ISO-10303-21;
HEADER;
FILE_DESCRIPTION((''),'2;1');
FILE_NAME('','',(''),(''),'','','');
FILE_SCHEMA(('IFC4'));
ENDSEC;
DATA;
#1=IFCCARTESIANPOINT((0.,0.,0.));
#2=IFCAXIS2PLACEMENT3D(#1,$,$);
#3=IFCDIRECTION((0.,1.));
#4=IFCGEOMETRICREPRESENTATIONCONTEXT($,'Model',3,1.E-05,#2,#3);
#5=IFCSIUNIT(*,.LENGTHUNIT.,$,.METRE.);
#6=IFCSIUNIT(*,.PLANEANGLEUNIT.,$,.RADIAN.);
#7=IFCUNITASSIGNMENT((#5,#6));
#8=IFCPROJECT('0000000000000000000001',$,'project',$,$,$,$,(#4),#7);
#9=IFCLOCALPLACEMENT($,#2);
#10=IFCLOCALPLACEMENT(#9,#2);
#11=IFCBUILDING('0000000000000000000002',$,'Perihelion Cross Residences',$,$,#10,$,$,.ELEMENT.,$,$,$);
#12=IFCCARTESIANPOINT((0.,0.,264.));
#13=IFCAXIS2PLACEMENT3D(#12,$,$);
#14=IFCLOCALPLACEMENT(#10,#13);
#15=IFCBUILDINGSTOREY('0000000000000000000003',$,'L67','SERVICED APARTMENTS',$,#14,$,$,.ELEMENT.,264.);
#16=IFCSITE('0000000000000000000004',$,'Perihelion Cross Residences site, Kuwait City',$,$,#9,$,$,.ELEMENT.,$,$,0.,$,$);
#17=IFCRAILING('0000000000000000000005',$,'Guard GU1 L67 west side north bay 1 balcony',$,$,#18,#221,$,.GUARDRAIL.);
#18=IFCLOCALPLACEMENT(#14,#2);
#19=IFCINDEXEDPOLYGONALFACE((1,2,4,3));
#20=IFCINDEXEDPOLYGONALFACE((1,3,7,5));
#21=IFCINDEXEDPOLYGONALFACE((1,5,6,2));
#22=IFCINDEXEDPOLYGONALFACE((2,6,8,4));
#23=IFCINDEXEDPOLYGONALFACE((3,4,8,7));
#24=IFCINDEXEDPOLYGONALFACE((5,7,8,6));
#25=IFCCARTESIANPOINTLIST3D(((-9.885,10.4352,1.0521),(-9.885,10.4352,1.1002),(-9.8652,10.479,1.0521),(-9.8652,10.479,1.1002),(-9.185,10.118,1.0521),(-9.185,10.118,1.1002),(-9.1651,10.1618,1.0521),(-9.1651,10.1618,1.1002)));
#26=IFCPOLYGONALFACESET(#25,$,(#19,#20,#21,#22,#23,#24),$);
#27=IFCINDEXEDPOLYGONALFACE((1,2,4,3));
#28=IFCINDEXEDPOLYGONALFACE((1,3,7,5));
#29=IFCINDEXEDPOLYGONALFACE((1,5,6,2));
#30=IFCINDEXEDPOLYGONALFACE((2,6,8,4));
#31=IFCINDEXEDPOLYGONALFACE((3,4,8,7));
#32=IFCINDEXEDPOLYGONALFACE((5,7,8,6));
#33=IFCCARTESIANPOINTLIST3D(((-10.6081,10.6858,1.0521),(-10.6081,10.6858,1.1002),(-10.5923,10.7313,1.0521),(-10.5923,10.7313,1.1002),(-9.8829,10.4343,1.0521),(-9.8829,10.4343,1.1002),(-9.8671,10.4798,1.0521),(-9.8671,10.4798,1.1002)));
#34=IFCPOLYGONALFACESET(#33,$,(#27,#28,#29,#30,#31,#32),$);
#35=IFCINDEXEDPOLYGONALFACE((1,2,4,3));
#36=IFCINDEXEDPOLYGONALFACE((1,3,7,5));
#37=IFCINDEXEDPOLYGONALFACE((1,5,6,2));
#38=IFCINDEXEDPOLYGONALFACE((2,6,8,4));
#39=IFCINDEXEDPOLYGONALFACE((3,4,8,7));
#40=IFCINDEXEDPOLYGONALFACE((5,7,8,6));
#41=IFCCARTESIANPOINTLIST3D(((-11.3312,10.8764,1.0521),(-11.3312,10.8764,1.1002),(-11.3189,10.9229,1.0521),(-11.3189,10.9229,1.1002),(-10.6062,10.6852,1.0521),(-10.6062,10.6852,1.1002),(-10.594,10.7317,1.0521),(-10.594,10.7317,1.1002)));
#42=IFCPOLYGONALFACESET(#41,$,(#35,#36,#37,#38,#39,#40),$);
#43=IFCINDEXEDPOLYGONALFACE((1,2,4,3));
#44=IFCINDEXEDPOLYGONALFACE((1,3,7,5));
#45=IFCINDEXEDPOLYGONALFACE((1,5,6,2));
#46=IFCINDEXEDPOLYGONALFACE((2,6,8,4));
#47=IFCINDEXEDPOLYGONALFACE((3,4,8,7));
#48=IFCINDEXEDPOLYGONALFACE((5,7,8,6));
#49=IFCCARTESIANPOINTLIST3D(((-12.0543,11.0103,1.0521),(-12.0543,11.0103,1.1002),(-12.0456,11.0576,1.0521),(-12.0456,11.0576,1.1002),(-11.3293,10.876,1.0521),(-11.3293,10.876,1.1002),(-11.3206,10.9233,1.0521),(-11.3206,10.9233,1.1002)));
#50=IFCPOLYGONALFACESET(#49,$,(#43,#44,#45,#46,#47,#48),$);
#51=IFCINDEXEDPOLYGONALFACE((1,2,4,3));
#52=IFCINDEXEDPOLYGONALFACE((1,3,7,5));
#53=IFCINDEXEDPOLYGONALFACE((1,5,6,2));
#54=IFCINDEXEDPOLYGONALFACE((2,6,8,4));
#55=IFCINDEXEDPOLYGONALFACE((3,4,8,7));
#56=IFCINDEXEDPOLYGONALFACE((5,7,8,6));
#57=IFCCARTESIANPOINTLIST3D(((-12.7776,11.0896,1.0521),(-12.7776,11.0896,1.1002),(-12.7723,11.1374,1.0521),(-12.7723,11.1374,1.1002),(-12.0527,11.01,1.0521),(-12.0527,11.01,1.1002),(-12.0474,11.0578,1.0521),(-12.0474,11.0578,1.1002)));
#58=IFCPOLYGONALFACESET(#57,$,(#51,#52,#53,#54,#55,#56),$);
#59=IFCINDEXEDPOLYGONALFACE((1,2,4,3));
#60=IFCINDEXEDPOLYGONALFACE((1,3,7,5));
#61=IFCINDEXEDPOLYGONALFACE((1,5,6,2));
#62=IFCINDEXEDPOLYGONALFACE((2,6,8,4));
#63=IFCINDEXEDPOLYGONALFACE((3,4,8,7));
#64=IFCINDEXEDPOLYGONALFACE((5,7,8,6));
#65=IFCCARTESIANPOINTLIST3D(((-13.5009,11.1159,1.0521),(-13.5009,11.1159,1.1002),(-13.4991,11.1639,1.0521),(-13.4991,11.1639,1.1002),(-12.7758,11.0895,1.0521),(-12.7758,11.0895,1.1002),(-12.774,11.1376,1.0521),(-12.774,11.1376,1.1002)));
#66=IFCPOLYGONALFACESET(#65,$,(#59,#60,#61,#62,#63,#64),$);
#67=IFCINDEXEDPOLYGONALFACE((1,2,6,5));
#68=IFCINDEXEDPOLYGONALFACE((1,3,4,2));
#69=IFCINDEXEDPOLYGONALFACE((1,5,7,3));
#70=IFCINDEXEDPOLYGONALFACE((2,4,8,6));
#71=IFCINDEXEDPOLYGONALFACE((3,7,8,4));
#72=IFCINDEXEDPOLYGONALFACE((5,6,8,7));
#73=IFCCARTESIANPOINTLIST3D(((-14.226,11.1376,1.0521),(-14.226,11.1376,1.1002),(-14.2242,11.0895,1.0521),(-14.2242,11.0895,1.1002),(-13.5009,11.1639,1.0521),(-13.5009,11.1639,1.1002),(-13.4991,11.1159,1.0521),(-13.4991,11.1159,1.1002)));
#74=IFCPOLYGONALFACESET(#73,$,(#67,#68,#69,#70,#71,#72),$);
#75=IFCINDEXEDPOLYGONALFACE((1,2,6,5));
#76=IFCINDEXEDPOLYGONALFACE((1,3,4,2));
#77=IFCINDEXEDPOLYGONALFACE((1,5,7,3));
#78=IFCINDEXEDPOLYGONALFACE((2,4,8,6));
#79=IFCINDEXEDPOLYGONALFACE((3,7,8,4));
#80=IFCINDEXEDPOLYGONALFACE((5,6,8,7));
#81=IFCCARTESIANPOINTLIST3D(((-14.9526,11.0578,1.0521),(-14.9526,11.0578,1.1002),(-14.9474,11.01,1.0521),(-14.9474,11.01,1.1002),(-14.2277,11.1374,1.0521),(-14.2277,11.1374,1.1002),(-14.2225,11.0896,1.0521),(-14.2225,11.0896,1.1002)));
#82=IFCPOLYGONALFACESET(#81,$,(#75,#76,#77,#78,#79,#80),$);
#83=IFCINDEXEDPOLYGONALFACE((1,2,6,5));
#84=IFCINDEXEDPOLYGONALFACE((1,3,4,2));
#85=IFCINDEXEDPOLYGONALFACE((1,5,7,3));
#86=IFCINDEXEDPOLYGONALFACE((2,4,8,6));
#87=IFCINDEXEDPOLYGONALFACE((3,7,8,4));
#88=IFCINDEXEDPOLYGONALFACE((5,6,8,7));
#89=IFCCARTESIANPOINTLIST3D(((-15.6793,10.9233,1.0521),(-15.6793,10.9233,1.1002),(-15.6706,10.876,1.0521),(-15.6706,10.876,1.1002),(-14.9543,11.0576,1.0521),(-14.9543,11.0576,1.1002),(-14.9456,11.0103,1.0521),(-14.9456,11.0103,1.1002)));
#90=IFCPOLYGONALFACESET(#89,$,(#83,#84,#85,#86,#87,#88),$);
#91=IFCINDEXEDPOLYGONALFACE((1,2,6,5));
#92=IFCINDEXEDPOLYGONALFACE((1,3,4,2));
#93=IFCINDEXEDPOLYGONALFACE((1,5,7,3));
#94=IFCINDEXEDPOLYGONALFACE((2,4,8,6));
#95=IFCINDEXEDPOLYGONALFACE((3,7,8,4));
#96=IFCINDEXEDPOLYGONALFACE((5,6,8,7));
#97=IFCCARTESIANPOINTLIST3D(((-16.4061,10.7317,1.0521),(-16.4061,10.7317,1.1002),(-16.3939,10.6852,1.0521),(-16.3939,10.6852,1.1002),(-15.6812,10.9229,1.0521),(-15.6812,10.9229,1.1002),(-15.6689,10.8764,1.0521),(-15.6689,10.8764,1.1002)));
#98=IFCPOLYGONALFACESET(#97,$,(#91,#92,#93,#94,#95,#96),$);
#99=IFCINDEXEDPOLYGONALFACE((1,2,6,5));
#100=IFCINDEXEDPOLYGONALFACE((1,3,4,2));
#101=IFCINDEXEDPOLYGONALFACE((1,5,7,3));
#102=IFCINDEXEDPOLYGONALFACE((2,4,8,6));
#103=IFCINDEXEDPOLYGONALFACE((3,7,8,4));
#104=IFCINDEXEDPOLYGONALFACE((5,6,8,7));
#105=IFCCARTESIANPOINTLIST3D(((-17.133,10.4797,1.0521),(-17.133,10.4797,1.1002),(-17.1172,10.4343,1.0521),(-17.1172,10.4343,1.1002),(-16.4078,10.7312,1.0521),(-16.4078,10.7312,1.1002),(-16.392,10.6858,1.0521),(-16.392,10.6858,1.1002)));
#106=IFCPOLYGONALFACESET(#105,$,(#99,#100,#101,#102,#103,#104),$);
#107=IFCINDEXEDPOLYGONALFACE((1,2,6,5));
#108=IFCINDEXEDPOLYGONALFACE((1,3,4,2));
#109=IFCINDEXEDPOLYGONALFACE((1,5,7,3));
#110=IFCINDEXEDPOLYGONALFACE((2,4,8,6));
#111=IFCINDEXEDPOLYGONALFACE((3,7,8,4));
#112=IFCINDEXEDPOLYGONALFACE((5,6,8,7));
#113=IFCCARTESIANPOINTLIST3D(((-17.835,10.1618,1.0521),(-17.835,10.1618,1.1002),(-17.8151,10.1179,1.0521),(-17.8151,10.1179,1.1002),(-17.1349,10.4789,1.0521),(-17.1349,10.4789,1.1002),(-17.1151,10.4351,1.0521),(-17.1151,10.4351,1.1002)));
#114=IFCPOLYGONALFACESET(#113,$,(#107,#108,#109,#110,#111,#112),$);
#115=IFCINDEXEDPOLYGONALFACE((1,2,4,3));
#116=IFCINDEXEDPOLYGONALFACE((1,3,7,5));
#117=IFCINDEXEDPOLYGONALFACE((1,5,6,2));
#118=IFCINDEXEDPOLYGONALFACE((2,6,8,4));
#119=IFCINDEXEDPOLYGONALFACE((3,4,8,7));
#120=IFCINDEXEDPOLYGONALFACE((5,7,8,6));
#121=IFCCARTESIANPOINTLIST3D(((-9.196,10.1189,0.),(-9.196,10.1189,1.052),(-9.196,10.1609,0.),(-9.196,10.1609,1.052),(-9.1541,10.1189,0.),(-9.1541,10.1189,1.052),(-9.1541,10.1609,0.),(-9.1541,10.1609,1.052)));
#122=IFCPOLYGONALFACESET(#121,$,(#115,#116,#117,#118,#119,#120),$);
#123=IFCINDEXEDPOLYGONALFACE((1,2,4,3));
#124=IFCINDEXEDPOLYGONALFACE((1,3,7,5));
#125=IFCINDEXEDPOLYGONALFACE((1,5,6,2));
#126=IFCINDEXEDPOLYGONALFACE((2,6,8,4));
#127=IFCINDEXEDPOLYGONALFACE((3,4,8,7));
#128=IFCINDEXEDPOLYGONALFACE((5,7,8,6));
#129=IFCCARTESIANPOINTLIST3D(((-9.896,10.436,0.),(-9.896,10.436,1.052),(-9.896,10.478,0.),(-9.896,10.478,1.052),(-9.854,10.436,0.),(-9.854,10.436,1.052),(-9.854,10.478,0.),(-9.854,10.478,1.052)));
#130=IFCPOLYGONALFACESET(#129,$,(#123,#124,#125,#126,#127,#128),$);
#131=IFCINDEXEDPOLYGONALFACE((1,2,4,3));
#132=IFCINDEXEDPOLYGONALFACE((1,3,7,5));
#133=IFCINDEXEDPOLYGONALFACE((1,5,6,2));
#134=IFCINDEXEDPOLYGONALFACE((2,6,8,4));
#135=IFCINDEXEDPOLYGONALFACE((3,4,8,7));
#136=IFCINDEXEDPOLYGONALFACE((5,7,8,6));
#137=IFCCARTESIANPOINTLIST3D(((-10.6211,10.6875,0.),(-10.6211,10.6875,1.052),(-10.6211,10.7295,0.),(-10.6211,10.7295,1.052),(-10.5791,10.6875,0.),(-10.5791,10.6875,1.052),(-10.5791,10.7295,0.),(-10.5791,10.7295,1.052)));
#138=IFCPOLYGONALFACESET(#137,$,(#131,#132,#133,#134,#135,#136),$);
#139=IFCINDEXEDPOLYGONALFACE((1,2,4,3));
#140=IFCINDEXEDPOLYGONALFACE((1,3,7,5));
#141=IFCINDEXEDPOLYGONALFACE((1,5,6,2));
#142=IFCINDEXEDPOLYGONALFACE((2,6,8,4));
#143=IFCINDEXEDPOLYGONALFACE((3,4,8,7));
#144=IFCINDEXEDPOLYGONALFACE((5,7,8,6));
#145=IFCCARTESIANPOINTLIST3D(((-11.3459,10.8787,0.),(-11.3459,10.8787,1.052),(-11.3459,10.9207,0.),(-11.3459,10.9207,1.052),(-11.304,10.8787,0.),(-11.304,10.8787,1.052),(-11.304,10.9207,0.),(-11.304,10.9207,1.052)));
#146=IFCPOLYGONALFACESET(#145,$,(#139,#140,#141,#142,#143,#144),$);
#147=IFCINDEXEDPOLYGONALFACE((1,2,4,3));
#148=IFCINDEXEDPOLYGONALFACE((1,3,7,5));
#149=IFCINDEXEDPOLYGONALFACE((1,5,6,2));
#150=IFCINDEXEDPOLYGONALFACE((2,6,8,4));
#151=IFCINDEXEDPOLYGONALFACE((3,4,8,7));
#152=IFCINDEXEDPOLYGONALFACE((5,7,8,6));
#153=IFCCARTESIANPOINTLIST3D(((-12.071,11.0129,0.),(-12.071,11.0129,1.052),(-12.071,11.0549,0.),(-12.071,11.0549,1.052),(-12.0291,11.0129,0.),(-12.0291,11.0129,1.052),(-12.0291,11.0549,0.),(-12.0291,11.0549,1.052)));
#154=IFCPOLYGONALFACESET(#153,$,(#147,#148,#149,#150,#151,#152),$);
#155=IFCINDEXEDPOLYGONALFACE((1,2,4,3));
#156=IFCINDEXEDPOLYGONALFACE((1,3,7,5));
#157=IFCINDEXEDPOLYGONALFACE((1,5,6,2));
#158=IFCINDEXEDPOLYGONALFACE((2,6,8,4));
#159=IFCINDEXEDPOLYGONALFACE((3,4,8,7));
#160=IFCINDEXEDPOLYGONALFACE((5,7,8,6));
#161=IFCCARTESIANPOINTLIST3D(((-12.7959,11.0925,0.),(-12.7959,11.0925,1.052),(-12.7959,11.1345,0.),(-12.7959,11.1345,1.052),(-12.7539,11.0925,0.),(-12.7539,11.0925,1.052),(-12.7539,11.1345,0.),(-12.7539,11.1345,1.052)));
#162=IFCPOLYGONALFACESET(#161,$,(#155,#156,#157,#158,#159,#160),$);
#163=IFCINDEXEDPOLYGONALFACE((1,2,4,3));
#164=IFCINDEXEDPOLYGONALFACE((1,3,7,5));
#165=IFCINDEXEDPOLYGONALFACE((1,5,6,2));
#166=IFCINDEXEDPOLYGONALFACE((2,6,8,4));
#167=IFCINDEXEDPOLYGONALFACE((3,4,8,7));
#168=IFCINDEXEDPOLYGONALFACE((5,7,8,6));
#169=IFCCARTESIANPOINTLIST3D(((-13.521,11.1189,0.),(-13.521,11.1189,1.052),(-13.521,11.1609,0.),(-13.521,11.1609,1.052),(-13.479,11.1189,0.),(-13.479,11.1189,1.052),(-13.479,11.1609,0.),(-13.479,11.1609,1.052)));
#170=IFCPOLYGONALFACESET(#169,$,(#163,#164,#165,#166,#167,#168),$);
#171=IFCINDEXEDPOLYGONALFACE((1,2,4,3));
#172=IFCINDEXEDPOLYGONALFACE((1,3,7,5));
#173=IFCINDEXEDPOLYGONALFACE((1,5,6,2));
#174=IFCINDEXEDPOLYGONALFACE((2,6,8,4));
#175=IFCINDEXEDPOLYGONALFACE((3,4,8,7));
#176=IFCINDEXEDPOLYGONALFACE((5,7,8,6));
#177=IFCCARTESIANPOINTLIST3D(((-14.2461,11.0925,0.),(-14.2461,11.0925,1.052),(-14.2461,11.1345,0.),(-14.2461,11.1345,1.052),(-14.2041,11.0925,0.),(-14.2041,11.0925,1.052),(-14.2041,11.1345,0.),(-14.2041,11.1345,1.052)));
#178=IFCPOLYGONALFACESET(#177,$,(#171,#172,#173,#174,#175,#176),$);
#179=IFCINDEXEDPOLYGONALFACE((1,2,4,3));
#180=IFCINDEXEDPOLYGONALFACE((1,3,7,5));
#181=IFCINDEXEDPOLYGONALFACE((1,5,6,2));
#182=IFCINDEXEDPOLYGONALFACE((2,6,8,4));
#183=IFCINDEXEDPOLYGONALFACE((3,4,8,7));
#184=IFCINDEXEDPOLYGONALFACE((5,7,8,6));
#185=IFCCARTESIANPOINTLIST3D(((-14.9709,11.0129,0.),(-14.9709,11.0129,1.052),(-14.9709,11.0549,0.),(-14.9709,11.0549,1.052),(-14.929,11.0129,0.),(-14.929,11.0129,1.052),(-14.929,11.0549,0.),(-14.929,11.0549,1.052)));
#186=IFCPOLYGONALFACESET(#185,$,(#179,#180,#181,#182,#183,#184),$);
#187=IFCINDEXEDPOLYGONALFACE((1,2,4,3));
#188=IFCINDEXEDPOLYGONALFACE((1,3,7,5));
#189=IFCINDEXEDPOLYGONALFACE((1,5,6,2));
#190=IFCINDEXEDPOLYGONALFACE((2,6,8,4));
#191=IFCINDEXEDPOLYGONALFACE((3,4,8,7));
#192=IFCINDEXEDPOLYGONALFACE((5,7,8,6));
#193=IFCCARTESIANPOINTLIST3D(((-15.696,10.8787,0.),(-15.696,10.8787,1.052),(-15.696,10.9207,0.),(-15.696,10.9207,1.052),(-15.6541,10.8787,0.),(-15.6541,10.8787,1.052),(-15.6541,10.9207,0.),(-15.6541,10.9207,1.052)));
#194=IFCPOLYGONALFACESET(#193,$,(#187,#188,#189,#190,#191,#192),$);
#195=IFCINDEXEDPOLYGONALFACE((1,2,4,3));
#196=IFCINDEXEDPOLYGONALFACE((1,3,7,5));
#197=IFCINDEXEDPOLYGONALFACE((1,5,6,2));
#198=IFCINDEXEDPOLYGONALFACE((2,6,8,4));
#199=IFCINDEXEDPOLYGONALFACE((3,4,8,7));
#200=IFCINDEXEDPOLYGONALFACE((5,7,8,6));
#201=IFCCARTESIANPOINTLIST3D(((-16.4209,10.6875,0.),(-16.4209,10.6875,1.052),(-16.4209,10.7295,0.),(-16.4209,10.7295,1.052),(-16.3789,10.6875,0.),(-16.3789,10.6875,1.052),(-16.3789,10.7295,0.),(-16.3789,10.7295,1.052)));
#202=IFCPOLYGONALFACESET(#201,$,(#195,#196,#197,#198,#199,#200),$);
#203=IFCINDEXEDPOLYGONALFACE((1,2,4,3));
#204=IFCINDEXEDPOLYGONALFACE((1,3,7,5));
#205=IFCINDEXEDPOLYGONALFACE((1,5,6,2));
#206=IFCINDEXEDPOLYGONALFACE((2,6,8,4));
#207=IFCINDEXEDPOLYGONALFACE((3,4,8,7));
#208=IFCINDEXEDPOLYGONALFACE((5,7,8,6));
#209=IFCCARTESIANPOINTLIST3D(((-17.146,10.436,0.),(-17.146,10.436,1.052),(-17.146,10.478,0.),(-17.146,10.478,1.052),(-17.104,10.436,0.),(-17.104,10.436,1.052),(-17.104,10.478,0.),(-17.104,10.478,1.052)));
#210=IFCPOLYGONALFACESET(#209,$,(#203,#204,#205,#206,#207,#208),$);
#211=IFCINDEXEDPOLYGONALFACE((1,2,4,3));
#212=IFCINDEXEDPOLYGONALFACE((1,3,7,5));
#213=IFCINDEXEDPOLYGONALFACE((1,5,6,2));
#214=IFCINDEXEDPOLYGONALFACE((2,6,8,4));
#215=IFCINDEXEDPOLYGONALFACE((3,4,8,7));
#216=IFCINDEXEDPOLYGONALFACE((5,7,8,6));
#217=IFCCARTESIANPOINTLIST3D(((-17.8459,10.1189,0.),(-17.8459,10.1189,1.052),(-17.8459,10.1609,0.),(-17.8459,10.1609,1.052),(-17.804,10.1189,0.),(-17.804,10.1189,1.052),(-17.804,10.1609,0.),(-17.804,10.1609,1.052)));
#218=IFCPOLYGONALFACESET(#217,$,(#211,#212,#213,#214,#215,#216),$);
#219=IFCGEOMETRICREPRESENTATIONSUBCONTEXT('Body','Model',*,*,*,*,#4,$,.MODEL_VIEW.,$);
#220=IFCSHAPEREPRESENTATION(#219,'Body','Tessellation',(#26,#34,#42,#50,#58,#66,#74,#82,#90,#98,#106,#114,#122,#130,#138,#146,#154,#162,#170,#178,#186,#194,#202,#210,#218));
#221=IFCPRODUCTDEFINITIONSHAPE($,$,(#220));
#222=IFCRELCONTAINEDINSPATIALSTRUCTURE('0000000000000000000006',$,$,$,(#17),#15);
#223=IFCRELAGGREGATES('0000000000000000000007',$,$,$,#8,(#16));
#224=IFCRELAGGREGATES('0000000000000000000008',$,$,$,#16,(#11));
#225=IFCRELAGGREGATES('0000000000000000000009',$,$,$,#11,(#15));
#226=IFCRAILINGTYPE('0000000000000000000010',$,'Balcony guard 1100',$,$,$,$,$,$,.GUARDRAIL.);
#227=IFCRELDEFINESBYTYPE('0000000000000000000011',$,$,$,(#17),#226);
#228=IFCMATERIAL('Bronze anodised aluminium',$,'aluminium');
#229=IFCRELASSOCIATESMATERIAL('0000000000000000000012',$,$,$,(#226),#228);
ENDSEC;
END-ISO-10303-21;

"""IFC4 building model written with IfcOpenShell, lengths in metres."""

from ifc_helpers import new_model, si_unit, direction, frame, origin, origin_2d, place, context, subcontext, project, spatial, rectangle, extrude, material, type_object, element, save


model = new_model("IFC4")

# Units and contexts
model_context = context("Model", 3, precision=1e-05, world=origin(), true_north=direction((0.0, 1.0)))
body_context = subcontext(model_context, "Body", "Model", "MODEL_VIEW")
ifc_project = project(units=[si_unit("LENGTHUNIT", "METRE"), si_unit("PLANEANGLEUNIT", "RADIAN")], contexts=[model_context])

# Site, building, storey
site_placement = place(None, origin())
site = spatial("IfcSite", under=ifc_project, at=site_placement, Name="Perihelion Cross Residences site, Kuwait City", CompositionType="ELEMENT", RefElevation=0.0)
building_placement = place(site_placement, origin())
building = spatial("IfcBuilding", under=site, at=building_placement, Name="Perihelion Cross Residences", CompositionType="ELEMENT")
storey_placement = place(building_placement, frame((0.0, 0.0, 264.0)))
storey = spatial("IfcBuildingStorey", under=building, at=storey_placement, Name="L67", Description="SERVICED APARTMENTS", CompositionType="ELEMENT", Elevation=264.0)

# Railing
ifc_material_1 = material(Name="Bronze anodised aluminium", Category="aluminium")
railing_type = type_object("IfcRailingType", Name="Balcony guard 1100", PredefinedType="GUARDRAIL", material=ifc_material_1)
railing_1_placement = place(storey_placement, frame((-9.175, 10.1399, 0.0)))
element("IfcRailing", 1, at=railing_1_placement, inside=storey, type_object=railing_type, Name="Guard GU1 L67 west side north bay 1 balcony", PredefinedType="GUARDRAIL", context=body_context, shape_type="SweptSolid", body=[
    extrude(rectangle(XDim=0.0481, YDim=0.0481, at=origin_2d()), frame((0.0, 0.0, 1.0762), z_axis=(-0.910866, 0.412702, 0.0), x_axis=(-0.412702, -0.910866, 0.0)), (0.0, 0.0, 1.0), 0.7686),
    extrude(rectangle(XDim=0.0481, YDim=0.0481, at=origin_2d()), frame((-0.7, 0.3171, 1.0762), z_axis=(-0.944797, 0.327657, 0.0), x_axis=(-0.327657, -0.944797, 0.0)), (0.0, 0.0, 1.0), 0.7676),
    extrude(rectangle(XDim=0.0481, YDim=0.0481, at=origin_2d()), frame((-1.425, 0.5686, 1.0762), z_axis=(-0.966939, 0.255006, 0.0), x_axis=(-0.255006, -0.966939, 0.0)), (0.0, 0.0, 1.0), 0.7498),
    extrude(rectangle(XDim=0.0481, YDim=0.0481, at=origin_2d()), frame((-2.1499, 0.7598, 1.0762), z_axis=(-0.983282, 0.182089, 0.0), x_axis=(-0.182089, -0.983282, 0.0)), (0.0, 0.0, 1.0), 0.7373),
    extrude(rectangle(XDim=0.0481, YDim=0.0481, at=origin_2d()), frame((-2.875, 0.894, 1.0762), z_axis=(-0.994026, 0.109145, 0.0), x_axis=(-0.109145, -0.994026, 0.0)), (0.0, 0.0, 1.0), 0.7292),
    extrude(rectangle(XDim=0.0481, YDim=0.0481, at=origin_2d()), frame((-3.5999, 0.9736, 1.0762), z_axis=(-0.999339, 0.03634, 0.0), x_axis=(-0.03634, -0.999339, 0.0)), (0.0, 0.0, 1.0), 0.7256),
    extrude(rectangle(XDim=0.0481, YDim=0.0481, at=origin_2d()), frame((-4.325, 1.0, 1.0762), z_axis=(-0.999339, -0.03634, 0.0), x_axis=(0.03634, -0.999339, 0.0)), (0.0, 0.0, 1.0), 0.7256),
    extrude(rectangle(XDim=0.0481, YDim=0.0481, at=origin_2d()), frame((-5.05, 0.9736, 1.0762), z_axis=(-0.994026, -0.109145, 0.0), x_axis=(0.109145, -0.994026, 0.0)), (0.0, 0.0, 1.0), 0.7292),
    extrude(rectangle(XDim=0.0481, YDim=0.0481, at=origin_2d()), frame((-5.7749, 0.894, 1.0762), z_axis=(-0.983282, -0.182089, 0.0), x_axis=(0.182089, -0.983282, 0.0)), (0.0, 0.0, 1.0), 0.7373),
    extrude(rectangle(XDim=0.0481, YDim=0.0481, at=origin_2d()), frame((-6.5, 0.7598, 1.0762), z_axis=(-0.966939, -0.255006, 0.0), x_axis=(0.255006, -0.966939, 0.0)), (0.0, 0.0, 1.0), 0.7498),
    extrude(rectangle(XDim=0.0481, YDim=0.0481, at=origin_2d()), frame((-7.2249, 0.5686, 1.0762), z_axis=(-0.944797, -0.327657, 0.0), x_axis=(0.327657, -0.944797, 0.0)), (0.0, 0.0, 1.0), 0.7676),
    extrude(rectangle(XDim=0.0481, YDim=0.0481, at=origin_2d()), frame((-7.95, 0.3171, 1.0762), z_axis=(-0.910866, -0.412702, 0.0), x_axis=(0.412702, -0.910866, 0.0)), (0.0, 0.0, 1.0), 0.7686),
    extrude(rectangle(XDim=0.042, YDim=0.042, at=origin_2d()), origin(), (0.0, 0.0, 1.0), 1.052),
    extrude(rectangle(XDim=0.042, YDim=0.042, at=origin_2d()), frame((-0.7, 0.3171, 0.0)), (0.0, 0.0, 1.0), 1.052),
    extrude(rectangle(XDim=0.042, YDim=0.042, at=origin_2d()), frame((-1.425, 0.5686, 0.0)), (0.0, 0.0, 1.0), 1.052),
    extrude(rectangle(XDim=0.042, YDim=0.042, at=origin_2d()), frame((-2.1499, 0.7598, 0.0)), (0.0, 0.0, 1.0), 1.052),
    extrude(rectangle(XDim=0.042, YDim=0.042, at=origin_2d()), frame((-2.875, 0.894, 0.0)), (0.0, 0.0, 1.0), 1.052),
    extrude(rectangle(XDim=0.042, YDim=0.042, at=origin_2d()), frame((-3.5999, 0.9736, 0.0)), (0.0, 0.0, 1.0), 1.052),
    extrude(rectangle(XDim=0.042, YDim=0.042, at=origin_2d()), frame((-4.325, 1.0, 0.0)), (0.0, 0.0, 1.0), 1.052),
    extrude(rectangle(XDim=0.042, YDim=0.042, at=origin_2d()), frame((-5.05, 0.9736, 0.0)), (0.0, 0.0, 1.0), 1.052),
    extrude(rectangle(XDim=0.042, YDim=0.042, at=origin_2d()), frame((-5.7749, 0.894, 0.0)), (0.0, 0.0, 1.0), 1.052),
    extrude(rectangle(XDim=0.042, YDim=0.042, at=origin_2d()), frame((-6.5, 0.7598, 0.0)), (0.0, 0.0, 1.0), 1.052),
    extrude(rectangle(XDim=0.042, YDim=0.042, at=origin_2d()), frame((-7.2249, 0.5686, 0.0)), (0.0, 0.0, 1.0), 1.052),
    extrude(rectangle(XDim=0.042, YDim=0.042, at=origin_2d()), frame((-7.95, 0.3171, 0.0)), (0.0, 0.0, 1.0), 1.052),
    extrude(rectangle(XDim=0.042, YDim=0.042, at=origin_2d()), frame((-8.6499, 0.0, 0.0)), (0.0, 0.0, 1.0), 1.052),
])

save(model, "model.ifc")
